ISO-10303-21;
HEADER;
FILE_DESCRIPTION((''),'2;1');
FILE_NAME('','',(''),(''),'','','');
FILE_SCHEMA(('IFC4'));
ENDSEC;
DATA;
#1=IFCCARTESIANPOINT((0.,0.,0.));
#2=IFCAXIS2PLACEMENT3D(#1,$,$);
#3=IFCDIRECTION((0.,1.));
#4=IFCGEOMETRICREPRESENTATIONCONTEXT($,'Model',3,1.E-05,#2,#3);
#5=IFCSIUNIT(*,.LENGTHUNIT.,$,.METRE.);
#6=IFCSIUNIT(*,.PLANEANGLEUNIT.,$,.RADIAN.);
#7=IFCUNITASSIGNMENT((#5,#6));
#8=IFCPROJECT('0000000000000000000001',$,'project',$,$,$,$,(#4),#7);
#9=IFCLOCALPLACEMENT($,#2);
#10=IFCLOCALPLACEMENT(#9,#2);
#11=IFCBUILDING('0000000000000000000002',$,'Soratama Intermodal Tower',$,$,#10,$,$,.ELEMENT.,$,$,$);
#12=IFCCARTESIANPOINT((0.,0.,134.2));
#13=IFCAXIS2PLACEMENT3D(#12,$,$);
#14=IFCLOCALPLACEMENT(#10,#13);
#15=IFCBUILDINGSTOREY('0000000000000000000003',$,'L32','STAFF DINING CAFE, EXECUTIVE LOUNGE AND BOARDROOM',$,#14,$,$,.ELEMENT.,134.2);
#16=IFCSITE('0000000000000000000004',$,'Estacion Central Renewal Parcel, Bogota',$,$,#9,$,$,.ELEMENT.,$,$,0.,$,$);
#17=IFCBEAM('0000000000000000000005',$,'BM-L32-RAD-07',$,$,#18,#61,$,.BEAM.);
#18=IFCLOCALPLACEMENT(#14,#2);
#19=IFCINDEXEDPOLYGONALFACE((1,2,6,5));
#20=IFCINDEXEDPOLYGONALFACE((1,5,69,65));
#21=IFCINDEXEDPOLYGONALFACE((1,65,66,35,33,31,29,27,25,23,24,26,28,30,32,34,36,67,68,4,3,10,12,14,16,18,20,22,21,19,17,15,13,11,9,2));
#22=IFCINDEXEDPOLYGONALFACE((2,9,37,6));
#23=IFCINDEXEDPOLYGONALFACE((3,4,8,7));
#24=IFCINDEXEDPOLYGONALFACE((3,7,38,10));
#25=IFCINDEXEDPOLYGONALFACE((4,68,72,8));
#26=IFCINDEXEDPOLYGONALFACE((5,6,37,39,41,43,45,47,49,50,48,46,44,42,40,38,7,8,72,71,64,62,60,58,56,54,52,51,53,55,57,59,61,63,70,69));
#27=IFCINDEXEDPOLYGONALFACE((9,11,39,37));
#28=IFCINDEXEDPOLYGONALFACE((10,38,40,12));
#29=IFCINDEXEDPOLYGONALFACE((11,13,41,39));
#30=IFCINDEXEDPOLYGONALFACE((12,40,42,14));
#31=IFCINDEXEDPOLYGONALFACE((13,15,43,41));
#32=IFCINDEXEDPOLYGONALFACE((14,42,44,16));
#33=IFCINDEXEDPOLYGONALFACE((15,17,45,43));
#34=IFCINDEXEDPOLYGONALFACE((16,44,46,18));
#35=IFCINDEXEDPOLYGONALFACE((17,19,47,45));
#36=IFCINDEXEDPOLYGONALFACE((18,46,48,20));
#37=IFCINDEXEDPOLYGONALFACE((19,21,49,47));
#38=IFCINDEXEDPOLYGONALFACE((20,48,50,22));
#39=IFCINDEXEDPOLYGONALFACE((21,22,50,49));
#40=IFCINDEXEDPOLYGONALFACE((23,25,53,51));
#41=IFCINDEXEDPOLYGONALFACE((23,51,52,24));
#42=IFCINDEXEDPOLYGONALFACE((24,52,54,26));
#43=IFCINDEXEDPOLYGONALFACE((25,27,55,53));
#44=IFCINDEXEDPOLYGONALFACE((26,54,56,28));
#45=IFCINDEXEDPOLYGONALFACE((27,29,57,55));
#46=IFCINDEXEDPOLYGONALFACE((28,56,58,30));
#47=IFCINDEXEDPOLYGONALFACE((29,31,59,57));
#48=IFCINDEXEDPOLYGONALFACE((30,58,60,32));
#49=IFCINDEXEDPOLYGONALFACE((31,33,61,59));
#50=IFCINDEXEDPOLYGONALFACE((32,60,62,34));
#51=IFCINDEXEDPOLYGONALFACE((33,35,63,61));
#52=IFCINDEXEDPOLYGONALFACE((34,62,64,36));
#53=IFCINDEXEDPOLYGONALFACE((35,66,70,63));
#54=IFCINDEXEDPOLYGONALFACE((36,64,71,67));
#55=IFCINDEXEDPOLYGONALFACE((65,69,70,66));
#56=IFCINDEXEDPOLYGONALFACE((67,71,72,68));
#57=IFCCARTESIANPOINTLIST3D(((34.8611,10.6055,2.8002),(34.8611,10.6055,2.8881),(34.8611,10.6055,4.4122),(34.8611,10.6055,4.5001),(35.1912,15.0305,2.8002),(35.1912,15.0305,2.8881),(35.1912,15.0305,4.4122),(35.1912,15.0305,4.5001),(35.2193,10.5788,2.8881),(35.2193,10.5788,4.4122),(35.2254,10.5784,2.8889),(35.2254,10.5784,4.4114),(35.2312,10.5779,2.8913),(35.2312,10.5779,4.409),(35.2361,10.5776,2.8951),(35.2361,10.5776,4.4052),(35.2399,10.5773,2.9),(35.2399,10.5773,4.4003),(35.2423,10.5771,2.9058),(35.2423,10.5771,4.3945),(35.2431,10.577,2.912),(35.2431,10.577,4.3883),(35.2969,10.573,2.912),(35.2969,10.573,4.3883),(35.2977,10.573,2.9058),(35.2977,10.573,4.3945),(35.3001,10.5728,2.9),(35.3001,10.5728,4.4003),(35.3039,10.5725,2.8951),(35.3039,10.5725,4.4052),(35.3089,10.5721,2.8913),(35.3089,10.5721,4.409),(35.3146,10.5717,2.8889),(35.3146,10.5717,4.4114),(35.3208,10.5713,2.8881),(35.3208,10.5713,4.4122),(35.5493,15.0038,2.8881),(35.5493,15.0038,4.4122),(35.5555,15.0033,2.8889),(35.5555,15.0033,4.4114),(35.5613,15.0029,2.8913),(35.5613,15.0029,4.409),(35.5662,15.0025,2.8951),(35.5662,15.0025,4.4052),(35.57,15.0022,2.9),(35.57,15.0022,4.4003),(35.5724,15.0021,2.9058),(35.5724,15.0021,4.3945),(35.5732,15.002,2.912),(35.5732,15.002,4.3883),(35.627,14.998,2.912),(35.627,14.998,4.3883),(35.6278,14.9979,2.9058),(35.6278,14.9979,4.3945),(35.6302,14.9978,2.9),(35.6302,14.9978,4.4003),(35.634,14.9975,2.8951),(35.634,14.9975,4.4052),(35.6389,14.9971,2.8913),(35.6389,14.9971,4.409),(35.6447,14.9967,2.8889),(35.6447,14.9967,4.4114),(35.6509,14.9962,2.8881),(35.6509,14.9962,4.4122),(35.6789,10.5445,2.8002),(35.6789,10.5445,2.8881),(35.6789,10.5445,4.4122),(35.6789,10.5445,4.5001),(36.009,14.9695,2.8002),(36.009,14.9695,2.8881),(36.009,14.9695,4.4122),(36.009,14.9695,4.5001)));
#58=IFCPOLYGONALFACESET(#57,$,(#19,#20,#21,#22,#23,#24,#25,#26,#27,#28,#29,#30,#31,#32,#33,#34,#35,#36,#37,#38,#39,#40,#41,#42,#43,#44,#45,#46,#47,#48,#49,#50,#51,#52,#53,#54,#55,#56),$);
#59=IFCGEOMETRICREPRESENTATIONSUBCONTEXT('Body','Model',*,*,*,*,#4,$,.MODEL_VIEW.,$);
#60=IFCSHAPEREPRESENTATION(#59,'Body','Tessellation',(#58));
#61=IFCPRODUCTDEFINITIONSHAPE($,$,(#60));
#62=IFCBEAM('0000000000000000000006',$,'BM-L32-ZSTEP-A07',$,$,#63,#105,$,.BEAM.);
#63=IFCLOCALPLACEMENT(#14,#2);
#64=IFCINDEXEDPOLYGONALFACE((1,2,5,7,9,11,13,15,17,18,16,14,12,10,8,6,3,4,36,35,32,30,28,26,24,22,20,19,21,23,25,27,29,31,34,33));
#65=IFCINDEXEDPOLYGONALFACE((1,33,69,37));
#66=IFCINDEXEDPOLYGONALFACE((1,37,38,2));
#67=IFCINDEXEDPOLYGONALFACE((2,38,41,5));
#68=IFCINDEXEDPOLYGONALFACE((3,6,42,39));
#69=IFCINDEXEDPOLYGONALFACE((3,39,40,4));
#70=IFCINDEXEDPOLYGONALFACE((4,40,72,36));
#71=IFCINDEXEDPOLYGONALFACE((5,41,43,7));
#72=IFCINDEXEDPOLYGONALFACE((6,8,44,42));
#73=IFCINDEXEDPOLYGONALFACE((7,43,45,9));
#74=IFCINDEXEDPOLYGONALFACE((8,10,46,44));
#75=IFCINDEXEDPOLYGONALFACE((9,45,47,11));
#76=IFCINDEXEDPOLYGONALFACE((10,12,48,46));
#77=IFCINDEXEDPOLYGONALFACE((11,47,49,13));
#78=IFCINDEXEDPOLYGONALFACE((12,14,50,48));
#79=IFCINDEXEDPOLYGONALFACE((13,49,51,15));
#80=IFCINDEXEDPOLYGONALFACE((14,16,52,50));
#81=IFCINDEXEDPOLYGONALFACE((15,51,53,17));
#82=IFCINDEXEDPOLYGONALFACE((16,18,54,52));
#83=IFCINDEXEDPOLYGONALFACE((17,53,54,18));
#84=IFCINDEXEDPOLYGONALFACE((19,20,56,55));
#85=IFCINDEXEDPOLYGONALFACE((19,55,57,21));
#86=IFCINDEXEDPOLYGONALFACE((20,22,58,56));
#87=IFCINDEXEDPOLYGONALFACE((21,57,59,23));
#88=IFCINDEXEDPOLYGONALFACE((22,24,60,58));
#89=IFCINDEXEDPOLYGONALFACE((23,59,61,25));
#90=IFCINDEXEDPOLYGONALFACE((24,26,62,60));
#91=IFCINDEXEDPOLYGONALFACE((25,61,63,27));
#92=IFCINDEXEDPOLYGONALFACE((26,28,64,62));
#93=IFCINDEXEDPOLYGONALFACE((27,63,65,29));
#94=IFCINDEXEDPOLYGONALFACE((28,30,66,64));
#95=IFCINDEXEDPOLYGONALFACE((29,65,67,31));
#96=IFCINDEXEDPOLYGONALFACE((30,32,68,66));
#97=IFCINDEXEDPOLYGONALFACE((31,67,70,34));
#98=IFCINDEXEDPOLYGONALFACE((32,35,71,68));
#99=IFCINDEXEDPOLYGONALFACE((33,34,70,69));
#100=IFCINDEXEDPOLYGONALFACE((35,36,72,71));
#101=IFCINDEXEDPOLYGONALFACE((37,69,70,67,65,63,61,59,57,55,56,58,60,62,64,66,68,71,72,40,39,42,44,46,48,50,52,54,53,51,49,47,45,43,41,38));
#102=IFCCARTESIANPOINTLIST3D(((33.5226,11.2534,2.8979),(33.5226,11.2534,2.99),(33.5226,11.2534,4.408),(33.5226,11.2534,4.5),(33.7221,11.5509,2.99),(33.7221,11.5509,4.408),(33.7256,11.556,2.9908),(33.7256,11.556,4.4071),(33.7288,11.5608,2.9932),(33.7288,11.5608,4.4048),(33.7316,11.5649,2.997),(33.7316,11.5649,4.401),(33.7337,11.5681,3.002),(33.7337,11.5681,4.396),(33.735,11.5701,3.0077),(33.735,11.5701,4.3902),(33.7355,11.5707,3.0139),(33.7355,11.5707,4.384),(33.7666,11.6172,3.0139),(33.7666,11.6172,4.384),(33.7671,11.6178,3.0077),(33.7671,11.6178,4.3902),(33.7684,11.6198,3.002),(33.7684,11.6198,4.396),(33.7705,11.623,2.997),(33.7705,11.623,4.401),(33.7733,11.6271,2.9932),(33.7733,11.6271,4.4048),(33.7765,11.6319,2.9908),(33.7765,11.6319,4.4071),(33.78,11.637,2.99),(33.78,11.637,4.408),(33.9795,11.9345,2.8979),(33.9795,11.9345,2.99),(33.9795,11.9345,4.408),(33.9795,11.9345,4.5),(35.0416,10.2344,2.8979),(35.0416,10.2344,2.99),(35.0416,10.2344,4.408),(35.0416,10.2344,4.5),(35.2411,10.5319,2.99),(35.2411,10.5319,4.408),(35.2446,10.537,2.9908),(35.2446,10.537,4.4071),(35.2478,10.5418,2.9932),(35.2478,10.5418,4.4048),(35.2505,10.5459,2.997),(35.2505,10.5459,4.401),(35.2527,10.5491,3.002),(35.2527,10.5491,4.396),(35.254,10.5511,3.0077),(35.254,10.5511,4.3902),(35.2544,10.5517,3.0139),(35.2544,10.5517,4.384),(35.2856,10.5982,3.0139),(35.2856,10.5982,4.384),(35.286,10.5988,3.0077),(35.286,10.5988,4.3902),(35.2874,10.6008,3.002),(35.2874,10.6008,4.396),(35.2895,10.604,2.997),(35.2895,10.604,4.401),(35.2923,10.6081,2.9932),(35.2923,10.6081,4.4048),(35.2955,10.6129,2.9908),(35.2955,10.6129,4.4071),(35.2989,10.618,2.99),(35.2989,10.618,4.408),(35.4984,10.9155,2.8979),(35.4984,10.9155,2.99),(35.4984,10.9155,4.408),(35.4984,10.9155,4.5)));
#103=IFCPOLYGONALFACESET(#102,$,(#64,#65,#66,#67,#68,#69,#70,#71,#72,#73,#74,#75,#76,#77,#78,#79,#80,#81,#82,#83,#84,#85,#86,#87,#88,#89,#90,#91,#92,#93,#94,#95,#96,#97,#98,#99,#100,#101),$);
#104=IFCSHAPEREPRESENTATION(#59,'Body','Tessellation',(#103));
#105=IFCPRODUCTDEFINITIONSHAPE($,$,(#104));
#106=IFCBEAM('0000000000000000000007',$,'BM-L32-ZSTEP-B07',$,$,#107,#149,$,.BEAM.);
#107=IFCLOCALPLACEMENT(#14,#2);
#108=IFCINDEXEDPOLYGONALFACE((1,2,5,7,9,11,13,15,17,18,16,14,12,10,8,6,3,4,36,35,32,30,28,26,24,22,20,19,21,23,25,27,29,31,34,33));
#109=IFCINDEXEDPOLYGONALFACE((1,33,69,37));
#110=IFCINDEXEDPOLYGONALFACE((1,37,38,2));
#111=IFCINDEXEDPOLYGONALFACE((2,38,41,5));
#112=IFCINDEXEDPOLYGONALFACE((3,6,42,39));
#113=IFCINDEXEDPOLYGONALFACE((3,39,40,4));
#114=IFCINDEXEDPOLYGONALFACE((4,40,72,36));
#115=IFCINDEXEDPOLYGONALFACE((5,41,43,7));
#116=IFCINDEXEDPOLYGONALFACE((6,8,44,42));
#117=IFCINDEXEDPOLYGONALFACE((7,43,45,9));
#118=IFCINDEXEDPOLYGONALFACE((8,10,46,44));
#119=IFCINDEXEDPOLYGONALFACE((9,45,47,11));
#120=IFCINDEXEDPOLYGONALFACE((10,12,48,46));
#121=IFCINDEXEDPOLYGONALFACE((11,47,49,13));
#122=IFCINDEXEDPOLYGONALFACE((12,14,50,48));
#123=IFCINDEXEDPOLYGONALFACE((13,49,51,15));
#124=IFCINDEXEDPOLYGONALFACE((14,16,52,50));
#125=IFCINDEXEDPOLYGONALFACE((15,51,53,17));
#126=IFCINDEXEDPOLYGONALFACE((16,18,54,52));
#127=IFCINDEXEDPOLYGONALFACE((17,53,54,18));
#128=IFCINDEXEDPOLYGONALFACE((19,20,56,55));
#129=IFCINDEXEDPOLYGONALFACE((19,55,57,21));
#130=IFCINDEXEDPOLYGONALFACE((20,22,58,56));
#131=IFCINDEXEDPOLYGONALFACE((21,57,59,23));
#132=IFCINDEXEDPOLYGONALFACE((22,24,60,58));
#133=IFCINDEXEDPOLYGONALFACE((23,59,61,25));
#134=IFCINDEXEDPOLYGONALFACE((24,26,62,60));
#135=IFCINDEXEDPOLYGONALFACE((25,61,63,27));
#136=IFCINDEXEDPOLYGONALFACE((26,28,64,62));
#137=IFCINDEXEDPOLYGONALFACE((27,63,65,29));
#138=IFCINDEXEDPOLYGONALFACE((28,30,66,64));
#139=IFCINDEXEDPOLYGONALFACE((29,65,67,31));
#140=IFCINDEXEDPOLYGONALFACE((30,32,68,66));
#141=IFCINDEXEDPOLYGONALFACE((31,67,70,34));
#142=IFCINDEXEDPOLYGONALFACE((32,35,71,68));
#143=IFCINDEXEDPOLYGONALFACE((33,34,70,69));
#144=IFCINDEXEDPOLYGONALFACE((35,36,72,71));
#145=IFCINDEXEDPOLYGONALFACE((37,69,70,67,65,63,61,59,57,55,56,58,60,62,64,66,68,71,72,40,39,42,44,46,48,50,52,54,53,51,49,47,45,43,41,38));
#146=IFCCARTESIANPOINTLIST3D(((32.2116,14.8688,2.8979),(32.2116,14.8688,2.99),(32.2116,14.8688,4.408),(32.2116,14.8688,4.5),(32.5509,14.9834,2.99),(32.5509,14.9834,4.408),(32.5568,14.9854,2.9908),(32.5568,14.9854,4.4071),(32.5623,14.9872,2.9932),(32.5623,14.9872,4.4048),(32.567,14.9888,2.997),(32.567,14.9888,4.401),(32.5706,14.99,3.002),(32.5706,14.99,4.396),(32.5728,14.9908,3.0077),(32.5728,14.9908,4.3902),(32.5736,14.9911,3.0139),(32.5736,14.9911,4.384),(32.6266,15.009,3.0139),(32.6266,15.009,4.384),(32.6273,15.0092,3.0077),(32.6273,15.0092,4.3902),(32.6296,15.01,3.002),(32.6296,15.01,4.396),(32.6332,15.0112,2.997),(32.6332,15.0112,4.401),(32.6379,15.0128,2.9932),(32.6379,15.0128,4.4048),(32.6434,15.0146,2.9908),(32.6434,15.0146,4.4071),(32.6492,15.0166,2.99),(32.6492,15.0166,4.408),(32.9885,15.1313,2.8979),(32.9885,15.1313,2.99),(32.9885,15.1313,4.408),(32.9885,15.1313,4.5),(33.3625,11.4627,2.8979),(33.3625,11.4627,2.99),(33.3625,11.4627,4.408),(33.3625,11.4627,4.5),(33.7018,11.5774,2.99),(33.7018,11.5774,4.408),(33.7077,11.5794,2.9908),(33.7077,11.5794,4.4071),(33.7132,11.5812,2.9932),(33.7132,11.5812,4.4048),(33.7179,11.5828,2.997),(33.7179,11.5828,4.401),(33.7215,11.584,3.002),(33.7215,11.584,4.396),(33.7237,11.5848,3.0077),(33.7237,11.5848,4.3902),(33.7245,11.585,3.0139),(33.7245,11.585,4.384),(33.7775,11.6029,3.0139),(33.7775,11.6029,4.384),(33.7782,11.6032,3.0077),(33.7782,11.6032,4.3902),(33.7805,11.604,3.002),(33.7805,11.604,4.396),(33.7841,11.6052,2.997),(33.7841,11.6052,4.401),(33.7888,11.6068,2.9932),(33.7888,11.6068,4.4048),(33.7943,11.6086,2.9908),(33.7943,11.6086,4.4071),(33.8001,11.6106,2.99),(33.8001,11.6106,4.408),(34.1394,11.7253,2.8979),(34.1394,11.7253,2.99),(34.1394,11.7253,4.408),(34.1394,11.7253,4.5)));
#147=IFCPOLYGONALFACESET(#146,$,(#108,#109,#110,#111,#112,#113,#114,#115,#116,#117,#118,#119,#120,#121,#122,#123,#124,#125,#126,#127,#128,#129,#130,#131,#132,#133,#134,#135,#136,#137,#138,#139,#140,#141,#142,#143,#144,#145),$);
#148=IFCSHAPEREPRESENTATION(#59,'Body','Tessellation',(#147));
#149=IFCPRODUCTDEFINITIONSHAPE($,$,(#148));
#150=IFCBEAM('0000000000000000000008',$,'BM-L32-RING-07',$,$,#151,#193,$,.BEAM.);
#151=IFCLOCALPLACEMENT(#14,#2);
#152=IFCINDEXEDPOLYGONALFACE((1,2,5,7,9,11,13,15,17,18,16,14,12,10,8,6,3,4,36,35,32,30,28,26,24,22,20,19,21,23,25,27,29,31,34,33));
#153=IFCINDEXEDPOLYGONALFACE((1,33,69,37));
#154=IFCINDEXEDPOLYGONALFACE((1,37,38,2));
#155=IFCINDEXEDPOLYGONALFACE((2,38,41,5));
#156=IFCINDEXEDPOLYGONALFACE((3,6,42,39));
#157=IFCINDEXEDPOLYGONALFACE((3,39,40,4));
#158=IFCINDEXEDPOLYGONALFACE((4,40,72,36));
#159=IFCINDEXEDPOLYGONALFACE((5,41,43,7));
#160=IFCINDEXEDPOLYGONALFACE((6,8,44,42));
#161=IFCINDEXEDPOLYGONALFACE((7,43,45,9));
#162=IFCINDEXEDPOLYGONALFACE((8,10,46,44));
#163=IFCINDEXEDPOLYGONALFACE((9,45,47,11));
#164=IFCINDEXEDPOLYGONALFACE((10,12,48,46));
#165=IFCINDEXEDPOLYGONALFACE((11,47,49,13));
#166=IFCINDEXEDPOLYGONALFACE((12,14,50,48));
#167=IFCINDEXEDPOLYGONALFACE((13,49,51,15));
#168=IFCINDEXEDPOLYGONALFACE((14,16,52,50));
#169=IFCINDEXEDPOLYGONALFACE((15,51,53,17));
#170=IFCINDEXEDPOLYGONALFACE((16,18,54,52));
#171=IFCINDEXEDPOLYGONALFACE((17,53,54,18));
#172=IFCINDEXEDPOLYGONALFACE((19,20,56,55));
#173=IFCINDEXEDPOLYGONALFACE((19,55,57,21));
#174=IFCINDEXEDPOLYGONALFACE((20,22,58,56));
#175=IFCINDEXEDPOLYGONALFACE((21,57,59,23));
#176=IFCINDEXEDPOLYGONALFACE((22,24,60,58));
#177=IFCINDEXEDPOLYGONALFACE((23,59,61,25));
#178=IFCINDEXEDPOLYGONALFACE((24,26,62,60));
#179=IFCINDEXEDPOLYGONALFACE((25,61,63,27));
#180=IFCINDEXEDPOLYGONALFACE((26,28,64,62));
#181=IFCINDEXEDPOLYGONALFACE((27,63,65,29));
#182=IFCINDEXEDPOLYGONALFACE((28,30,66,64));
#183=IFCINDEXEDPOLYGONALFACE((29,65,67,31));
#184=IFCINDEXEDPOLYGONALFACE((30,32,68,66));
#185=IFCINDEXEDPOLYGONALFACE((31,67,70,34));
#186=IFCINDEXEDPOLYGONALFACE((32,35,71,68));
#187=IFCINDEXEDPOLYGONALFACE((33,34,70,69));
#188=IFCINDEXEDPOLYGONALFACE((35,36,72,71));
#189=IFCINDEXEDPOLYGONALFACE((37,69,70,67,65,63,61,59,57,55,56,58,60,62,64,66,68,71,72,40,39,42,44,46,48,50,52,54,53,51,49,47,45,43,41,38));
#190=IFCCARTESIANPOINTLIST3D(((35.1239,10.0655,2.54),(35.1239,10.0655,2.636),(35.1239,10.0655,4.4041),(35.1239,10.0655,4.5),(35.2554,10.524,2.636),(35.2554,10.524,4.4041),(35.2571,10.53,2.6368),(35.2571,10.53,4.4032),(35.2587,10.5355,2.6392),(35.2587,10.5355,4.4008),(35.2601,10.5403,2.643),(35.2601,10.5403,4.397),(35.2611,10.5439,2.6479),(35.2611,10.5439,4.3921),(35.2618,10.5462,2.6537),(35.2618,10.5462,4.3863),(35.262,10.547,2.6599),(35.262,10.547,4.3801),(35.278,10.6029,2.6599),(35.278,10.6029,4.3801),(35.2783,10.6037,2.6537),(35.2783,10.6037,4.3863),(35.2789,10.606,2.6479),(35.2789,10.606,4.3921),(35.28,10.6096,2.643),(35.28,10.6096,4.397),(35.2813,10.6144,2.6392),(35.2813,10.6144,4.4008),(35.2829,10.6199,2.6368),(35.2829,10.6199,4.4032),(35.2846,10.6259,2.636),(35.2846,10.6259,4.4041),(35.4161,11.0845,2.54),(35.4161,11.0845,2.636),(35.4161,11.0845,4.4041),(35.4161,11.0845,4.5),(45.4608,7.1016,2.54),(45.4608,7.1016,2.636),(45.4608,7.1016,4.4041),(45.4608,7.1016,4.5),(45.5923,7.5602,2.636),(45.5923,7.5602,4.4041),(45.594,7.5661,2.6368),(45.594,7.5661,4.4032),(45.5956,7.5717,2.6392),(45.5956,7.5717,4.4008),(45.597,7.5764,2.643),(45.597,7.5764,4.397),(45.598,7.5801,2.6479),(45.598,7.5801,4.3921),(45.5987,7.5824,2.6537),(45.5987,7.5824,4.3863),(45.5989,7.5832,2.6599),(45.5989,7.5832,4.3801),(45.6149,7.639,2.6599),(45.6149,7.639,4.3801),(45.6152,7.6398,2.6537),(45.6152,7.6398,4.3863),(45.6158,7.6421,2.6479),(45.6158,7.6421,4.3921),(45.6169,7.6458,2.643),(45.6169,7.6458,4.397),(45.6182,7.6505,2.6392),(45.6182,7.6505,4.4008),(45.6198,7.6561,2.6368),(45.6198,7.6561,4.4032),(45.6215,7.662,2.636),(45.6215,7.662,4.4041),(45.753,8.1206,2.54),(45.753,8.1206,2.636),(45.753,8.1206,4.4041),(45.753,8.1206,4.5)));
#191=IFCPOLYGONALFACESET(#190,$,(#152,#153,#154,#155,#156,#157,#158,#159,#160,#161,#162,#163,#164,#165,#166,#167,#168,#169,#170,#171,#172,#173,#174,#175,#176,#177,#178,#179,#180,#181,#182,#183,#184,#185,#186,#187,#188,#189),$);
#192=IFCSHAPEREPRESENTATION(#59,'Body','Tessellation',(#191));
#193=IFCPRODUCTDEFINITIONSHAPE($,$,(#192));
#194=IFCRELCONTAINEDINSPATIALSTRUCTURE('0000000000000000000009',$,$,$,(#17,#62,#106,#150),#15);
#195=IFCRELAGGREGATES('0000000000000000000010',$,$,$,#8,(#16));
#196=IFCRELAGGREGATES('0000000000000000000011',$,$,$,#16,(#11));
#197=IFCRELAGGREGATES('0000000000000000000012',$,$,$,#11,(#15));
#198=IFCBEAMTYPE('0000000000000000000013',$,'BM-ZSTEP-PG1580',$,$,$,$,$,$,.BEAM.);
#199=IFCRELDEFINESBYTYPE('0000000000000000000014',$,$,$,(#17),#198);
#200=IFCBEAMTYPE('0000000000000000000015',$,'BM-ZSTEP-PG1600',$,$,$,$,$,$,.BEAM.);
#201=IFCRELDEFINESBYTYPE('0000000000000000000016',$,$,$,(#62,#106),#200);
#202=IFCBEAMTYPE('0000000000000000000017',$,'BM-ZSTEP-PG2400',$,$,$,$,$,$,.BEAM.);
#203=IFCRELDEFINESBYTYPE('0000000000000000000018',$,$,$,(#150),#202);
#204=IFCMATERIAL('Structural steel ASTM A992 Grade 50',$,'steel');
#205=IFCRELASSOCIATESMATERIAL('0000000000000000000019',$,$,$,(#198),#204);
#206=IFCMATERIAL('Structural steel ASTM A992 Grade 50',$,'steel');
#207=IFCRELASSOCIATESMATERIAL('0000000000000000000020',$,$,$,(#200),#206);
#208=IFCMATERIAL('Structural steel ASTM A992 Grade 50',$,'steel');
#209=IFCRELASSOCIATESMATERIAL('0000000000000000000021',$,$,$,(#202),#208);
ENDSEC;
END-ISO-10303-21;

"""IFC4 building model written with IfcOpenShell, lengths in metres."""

from ifc_helpers import new_model, si_unit, direction, frame, origin, origin_2d, place, context, subcontext, project, spatial, i_section, extrude, material, material_profile, profile_set, type_object, element, save


model = new_model("IFC4")

# Units and contexts
model_context = context("Model", 3, precision=1e-05, world=origin(), true_north=direction((0.0, 1.0)))
body_context = subcontext(model_context, "Body", "Model", "MODEL_VIEW")
ifc_project = project(units=[si_unit("LENGTHUNIT", "METRE"), si_unit("PLANEANGLEUNIT", "RADIAN")], contexts=[model_context])

# Site, building, storey
site_placement = place(None, origin())
site = spatial("IfcSite", under=ifc_project, at=site_placement, Name="Estacion Central Renewal Parcel, Bogota", CompositionType="ELEMENT", RefElevation=0.0)
building_placement = place(site_placement, origin())
building = spatial("IfcBuilding", under=site, at=building_placement, Name="Soratama Intermodal Tower", CompositionType="ELEMENT")
storey_placement = place(building_placement, frame((0.0, 0.0, 134.2)))
storey = spatial("IfcBuildingStorey", under=building, at=storey_placement, Name="L32", Description="STAFF DINING CAFE, EXECUTIVE LOUNGE AND BOARDROOM", CompositionType="ELEMENT", Elevation=134.2)

# Beams
ifc_material_1 = material(Name="Structural steel ASTM A992 Grade 50", Category="steel")
ifc_material_profile_1 = material_profile(ifc_material_1, i_section(OverallWidth=0.8201, OverallDepth=1.7, WebThickness=0.054, FlangeThickness=0.0879, FilletRadius=0.0239, at=origin_2d()), Name="PG1580X800")
ifc_profile_set_1 = profile_set([ifc_material_profile_1], Name="Structural steel ASTM A992 Grade 50")
beam_type_1 = type_object("IfcBeamType", Name="BM-ZSTEP-PG1580", PredefinedType="BEAM", material=ifc_profile_set_1)
beam_1_placement = place(storey_placement, frame((35.6001, 15.0, 3.6501), z_axis=(-0.074386, -0.997229, 0.0), x_axis=(0.997229, -0.074386, 0.0)))
element("IfcBeam", 1, at=beam_1_placement, inside=storey, type_object=beam_type_1, Name="BM-L32-RAD-07", PredefinedType="BEAM", context=body_context, shape_type="SweptSolid", body=[
    extrude(i_section(OverallWidth=0.8201, OverallDepth=1.7, WebThickness=0.054, FlangeThickness=0.0879, FilletRadius=0.0239, at=origin_2d()), origin(), (0.0, 0.0, 1.0), 4.4373),
])
ifc_material_2 = material(Name="Structural steel ASTM A992 Grade 50", Category="steel")
ifc_material_profile_2 = material_profile(ifc_material_2, i_section(OverallWidth=0.8201, OverallDepth=1.6021, WebThickness=0.0559, FlangeThickness=0.092, FilletRadius=0.0239, at=origin_2d()), Name="PG1600X650")
ifc_profile_set_2 = profile_set([ifc_material_profile_2], Name="Structural steel ASTM A992 Grade 50")
beam_type_2 = type_object("IfcBeamType", Name="BM-ZSTEP-PG1600", PredefinedType="BEAM", material=ifc_profile_set_2)
beam_2_placement = place(storey_placement, frame((35.27, 10.575, 3.699), z_axis=(-0.830445, 0.5571, 0.0), x_axis=(-0.5571, -0.830445, 0.0)))
element("IfcBeam", 2, at=beam_2_placement, inside=storey, type_object=beam_type_2, Name="BM-L32-ZSTEP-A07", PredefinedType="BEAM", context=body_context, shape_type="SweptSolid", body=[
    extrude(i_section(OverallWidth=0.8201, OverallDepth=1.6021, WebThickness=0.0559, FlangeThickness=0.092, FilletRadius=0.0239, at=origin_2d()), origin(), (0.0, 0.0, 1.0), 1.8291),
])
beam_3_placement = place(storey_placement, frame((33.751, 11.594, 3.699), z_axis=(-0.320116, 0.947378, 0.0), x_axis=(-0.947378, -0.320116, 0.0)))
element("IfcBeam", 3, at=beam_3_placement, inside=storey, type_object=beam_type_2, Name="BM-L32-ZSTEP-B07", PredefinedType="BEAM", context=body_context, shape_type="SweptSolid", body=[
    extrude(i_section(OverallWidth=0.8201, OverallDepth=1.6021, WebThickness=0.0559, FlangeThickness=0.092, FilletRadius=0.0239, at=origin_2d()), origin(), (0.0, 0.0, 1.0), 3.5952),
])
ifc_material_3 = material(Name="Structural steel ASTM A992 Grade 50", Category="steel")
ifc_material_profile_3 = material_profile(ifc_material_3, i_section(OverallWidth=1.0601, OverallDepth=1.96, WebThickness=0.0581, FlangeThickness=0.0959, FilletRadius=0.0239, at=origin_2d()), Name="PG2400X900")
ifc_profile_set_3 = profile_set([ifc_material_profile_3], Name="Structural steel ASTM A992 Grade 50")
beam_type_3 = type_object("IfcBeamType", Name="BM-ZSTEP-PG2400", PredefinedType="BEAM", material=ifc_profile_set_3)
beam_4_placement = place(storey_placement, frame((35.27, 10.575, 3.52), z_axis=(0.961267, -0.275621, 0.0), x_axis=(0.275621, 0.961267, 0.0)))
element("IfcBeam", 4, at=beam_4_placement, inside=storey, type_object=beam_type_3, Name="BM-L32-RING-07", PredefinedType="BEAM", context=body_context, shape_type="SweptSolid", body=[
    extrude(i_section(OverallWidth=1.0601, OverallDepth=1.96, WebThickness=0.0581, FlangeThickness=0.0959, FilletRadius=0.0239, at=origin_2d()), origin(), (0.0, 0.0, 1.0), 10.7534),
])

save(model, "model.ifc")
